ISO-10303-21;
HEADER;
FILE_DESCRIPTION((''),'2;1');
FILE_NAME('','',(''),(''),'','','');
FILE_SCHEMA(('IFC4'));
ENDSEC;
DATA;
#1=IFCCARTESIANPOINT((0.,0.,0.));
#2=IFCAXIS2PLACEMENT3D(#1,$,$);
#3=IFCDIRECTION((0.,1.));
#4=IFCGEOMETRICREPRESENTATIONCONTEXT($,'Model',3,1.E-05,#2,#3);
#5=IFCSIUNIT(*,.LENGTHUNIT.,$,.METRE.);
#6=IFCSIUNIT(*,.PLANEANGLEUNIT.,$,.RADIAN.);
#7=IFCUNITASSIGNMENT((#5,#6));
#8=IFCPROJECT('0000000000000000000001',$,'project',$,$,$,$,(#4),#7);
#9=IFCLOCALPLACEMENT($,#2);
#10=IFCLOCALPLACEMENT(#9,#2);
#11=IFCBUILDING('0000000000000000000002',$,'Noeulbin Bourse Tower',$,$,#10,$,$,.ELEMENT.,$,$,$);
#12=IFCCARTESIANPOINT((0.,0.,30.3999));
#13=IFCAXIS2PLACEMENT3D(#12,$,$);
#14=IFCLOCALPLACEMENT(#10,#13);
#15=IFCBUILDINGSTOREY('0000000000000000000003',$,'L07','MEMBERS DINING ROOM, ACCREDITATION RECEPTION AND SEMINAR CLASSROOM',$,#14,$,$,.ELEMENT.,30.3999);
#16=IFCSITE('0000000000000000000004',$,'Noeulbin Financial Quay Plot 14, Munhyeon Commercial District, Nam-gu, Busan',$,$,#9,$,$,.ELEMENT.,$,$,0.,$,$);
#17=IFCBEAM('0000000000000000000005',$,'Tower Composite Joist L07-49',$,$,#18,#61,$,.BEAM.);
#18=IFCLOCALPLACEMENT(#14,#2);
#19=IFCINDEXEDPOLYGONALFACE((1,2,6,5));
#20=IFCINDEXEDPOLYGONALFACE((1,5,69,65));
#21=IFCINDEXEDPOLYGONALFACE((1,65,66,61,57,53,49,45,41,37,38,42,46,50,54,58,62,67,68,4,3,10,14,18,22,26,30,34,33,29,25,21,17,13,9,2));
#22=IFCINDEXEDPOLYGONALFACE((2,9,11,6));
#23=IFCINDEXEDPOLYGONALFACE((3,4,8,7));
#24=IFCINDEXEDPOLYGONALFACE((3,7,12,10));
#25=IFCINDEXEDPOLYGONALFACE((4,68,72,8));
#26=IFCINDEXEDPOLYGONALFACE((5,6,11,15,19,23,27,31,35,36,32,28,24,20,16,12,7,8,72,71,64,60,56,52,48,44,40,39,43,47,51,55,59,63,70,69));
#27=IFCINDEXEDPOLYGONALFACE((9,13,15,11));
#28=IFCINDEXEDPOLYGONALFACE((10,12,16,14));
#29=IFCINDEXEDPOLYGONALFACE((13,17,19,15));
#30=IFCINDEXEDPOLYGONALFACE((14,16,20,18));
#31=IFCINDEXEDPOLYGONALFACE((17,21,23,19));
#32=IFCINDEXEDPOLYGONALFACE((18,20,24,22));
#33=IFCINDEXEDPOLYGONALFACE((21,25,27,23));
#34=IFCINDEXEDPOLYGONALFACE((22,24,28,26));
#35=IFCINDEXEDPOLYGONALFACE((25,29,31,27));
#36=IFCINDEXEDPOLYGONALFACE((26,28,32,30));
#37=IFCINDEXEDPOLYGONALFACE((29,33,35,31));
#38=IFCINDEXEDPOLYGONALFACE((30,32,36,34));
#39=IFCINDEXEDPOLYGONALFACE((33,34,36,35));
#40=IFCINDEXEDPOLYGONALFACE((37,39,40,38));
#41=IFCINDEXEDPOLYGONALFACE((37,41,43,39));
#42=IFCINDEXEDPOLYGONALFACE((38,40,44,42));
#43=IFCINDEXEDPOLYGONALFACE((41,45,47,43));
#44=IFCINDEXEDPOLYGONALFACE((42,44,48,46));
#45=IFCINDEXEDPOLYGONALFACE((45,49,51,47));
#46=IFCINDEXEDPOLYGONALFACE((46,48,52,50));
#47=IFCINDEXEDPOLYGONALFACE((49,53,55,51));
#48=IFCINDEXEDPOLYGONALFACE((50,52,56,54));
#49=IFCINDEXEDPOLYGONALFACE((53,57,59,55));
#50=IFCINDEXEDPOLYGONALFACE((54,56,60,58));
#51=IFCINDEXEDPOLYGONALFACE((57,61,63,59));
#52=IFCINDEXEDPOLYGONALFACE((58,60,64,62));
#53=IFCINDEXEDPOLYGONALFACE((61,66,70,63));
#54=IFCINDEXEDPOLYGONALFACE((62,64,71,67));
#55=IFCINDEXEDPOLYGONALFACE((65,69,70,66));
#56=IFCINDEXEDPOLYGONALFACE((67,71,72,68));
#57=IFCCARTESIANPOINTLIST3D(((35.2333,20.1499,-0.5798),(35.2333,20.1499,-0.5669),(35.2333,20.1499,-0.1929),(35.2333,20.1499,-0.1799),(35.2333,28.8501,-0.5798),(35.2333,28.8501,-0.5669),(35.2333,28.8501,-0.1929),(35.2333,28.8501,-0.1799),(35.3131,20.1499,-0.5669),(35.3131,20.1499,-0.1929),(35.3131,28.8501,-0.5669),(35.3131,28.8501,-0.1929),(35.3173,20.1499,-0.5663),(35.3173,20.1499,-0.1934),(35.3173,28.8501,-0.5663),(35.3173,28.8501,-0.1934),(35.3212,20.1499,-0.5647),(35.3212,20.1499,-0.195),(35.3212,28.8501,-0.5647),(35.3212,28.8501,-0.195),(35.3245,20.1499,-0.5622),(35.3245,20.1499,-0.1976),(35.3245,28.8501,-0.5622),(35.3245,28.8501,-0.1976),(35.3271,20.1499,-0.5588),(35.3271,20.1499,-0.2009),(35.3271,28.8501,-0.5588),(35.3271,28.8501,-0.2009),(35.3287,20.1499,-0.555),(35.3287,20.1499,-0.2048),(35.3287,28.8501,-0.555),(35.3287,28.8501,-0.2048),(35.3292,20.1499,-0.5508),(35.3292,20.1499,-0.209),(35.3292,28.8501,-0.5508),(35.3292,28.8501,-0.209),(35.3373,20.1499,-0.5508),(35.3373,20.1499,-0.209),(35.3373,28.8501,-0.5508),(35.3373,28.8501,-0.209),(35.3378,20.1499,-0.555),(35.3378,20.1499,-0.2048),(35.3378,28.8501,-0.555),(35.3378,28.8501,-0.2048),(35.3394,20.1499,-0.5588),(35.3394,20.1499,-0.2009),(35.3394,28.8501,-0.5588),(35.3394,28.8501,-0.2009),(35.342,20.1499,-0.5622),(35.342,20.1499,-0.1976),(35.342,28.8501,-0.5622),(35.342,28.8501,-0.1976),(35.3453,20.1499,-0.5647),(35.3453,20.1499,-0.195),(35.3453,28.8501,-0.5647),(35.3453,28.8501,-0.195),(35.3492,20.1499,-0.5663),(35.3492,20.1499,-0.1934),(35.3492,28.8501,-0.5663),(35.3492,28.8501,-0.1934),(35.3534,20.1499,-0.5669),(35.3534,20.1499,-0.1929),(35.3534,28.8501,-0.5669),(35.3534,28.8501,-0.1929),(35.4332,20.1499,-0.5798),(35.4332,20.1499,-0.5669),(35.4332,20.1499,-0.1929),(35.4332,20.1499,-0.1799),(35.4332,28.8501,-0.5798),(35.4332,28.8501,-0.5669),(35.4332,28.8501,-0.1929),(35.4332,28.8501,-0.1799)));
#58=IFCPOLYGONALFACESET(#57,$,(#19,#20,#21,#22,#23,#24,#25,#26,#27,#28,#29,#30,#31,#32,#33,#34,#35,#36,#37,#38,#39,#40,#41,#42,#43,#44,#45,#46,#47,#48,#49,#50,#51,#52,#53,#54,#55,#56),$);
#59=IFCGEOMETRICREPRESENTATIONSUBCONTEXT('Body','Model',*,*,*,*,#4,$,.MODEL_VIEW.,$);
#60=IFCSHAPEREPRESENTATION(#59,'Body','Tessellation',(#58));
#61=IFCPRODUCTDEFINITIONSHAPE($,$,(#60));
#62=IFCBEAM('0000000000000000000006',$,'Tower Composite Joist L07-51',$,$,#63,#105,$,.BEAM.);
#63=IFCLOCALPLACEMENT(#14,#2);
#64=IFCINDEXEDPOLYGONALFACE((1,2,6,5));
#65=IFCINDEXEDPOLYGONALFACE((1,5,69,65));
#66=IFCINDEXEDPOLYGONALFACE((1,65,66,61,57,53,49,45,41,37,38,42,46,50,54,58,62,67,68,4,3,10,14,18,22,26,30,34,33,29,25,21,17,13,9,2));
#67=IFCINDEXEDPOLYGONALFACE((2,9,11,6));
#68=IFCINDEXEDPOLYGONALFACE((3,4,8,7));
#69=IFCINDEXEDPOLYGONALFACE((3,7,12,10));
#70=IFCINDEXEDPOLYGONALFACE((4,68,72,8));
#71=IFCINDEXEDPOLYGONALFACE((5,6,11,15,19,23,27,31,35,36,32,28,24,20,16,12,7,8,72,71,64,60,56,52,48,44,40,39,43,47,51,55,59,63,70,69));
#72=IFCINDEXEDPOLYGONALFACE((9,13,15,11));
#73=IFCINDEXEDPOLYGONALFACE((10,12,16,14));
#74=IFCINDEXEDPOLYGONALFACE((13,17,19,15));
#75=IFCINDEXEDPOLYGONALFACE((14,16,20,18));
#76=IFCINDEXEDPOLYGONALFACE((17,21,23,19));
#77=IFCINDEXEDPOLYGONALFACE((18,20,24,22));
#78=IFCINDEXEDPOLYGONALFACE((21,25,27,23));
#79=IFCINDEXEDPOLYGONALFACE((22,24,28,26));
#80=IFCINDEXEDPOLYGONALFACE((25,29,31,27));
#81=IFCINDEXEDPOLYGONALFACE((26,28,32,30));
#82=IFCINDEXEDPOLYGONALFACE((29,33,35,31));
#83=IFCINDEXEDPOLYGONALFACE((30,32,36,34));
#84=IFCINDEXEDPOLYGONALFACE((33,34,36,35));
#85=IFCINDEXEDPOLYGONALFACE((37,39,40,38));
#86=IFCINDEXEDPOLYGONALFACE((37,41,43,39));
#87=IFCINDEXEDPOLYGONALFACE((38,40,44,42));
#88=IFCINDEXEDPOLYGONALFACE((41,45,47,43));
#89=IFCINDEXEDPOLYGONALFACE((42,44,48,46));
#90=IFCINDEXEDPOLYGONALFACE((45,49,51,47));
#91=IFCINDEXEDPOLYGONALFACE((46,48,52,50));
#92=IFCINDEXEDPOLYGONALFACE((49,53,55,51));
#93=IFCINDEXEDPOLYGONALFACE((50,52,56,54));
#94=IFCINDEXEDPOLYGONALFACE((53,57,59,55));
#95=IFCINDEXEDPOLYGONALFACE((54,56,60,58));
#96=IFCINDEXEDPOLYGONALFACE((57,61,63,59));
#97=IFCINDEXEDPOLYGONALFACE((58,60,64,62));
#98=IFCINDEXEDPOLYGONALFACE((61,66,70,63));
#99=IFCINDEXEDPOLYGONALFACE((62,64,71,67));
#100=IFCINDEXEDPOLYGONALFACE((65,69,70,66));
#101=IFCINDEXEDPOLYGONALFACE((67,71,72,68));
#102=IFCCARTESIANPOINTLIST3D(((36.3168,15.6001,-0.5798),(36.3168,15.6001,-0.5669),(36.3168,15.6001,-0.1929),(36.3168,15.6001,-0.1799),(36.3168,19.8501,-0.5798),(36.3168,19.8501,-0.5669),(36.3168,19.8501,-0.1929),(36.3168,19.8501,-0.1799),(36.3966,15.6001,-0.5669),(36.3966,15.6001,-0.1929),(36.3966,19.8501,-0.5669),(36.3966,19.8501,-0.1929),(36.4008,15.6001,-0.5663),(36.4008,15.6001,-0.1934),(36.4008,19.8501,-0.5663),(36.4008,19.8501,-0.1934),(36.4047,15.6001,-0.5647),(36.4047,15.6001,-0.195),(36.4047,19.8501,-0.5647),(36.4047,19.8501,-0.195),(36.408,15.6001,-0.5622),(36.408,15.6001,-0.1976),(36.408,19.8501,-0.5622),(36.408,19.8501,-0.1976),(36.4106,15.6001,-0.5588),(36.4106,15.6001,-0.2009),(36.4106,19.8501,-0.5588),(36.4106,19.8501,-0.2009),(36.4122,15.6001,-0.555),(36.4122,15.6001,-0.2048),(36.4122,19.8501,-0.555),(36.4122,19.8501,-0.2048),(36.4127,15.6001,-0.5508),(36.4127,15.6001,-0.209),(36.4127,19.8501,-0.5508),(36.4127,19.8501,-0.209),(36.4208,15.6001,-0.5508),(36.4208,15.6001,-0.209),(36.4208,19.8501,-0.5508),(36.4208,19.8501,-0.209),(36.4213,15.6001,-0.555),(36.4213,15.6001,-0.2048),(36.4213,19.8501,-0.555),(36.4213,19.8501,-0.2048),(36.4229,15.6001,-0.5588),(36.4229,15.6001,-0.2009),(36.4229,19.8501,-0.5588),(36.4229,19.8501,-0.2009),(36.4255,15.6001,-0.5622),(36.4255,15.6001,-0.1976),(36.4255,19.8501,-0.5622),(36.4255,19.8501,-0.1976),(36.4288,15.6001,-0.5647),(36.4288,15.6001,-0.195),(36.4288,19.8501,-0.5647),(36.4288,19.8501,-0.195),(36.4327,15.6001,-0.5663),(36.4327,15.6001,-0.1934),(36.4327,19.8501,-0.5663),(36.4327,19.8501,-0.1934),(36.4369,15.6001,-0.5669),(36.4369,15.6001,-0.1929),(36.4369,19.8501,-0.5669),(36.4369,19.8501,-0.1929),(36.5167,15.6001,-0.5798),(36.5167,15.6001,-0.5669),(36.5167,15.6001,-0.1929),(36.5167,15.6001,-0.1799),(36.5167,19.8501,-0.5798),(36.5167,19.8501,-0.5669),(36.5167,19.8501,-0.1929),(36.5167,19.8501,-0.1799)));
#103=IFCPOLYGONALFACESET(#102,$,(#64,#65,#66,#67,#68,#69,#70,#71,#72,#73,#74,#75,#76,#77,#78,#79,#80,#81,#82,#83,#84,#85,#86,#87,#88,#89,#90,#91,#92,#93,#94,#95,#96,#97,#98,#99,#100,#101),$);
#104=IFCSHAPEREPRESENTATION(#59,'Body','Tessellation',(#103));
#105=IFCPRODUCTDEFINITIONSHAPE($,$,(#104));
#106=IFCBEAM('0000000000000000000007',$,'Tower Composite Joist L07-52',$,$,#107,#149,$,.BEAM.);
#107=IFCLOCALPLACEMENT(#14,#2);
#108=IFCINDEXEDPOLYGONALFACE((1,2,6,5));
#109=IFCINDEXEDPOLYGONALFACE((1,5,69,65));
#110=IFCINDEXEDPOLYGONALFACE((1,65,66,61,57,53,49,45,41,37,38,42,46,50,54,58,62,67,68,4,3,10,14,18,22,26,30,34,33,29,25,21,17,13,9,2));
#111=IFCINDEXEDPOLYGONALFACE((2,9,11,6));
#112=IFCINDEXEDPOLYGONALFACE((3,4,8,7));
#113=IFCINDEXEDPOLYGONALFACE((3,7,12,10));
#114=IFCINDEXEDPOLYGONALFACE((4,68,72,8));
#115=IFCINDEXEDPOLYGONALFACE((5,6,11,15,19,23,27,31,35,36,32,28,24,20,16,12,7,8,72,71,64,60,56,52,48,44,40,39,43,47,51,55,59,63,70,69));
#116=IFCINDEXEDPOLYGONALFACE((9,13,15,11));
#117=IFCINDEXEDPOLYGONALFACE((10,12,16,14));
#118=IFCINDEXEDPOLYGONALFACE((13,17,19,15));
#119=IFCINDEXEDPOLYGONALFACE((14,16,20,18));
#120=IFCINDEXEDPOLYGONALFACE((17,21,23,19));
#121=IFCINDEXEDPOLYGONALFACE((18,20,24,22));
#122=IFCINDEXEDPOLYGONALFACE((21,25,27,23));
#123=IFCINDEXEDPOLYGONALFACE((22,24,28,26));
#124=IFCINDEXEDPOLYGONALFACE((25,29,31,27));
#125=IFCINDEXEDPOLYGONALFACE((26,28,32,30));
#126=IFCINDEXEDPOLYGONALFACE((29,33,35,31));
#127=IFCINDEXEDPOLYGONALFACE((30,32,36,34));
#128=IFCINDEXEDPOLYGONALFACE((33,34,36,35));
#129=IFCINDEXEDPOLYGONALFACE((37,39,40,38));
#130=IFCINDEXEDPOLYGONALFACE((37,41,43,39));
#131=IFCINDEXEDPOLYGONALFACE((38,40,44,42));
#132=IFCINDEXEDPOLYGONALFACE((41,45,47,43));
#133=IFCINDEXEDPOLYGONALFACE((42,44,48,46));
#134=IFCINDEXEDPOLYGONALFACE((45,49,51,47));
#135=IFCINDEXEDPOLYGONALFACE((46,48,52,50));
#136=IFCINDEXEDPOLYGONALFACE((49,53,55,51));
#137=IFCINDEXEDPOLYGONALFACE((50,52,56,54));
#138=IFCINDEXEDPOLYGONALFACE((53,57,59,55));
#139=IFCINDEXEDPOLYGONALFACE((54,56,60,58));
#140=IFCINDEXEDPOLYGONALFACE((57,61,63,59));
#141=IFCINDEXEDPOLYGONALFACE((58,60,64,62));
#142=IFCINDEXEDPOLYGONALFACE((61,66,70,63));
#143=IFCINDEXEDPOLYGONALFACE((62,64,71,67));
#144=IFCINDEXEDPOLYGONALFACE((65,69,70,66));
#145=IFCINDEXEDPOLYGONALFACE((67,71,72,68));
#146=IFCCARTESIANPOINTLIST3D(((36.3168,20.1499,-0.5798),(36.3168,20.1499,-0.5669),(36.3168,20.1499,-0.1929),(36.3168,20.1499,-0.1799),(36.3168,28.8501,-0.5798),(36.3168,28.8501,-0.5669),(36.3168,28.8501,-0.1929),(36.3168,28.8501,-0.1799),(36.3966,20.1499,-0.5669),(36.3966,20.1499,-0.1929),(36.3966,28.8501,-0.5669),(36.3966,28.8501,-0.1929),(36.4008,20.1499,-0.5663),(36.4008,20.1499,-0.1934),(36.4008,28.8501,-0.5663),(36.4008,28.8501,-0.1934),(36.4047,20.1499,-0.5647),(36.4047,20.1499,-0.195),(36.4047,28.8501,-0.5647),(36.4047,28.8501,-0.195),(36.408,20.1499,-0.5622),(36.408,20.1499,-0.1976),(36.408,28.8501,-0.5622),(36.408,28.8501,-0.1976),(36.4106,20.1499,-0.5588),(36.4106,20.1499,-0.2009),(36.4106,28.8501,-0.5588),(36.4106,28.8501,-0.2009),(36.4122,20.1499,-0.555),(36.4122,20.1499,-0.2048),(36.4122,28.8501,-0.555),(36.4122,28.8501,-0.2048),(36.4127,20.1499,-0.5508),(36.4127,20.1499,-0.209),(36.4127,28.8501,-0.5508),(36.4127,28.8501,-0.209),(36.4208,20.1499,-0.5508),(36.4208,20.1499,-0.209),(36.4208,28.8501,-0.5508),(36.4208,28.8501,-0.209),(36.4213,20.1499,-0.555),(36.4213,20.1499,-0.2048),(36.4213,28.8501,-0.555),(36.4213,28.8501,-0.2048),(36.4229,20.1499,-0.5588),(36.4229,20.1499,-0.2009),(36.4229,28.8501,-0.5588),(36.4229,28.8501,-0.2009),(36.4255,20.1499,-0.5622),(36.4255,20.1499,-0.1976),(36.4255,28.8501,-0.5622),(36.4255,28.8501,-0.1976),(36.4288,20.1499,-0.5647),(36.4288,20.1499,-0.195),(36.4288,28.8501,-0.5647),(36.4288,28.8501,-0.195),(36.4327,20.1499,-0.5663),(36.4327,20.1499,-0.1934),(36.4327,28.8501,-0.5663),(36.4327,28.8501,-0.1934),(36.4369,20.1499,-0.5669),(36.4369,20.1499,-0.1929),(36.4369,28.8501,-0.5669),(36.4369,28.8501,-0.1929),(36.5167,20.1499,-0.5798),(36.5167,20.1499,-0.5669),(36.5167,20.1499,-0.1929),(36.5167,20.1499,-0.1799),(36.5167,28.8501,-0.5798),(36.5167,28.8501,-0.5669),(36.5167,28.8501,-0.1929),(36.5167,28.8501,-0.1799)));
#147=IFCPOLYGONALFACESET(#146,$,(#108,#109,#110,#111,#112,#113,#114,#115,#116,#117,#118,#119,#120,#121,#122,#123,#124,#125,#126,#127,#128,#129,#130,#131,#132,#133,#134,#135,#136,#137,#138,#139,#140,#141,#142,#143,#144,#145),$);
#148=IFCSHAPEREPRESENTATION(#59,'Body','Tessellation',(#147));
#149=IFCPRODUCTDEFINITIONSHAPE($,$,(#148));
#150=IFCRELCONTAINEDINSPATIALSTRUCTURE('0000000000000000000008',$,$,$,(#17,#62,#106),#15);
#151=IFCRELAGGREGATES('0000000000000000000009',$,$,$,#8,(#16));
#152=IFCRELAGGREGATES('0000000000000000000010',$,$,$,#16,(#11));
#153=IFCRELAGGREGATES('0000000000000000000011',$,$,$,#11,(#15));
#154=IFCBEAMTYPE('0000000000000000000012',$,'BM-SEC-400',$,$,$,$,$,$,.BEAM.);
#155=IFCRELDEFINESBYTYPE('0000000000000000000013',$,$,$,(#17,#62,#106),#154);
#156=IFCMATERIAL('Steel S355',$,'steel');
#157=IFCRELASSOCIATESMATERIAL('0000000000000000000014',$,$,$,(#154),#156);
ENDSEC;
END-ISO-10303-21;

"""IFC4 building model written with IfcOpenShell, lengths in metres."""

from ifc_helpers import new_model, si_unit, direction, frame, origin, origin_2d, place, context, subcontext, project, spatial, i_section, extrude, material, material_profile, profile_set, type_object, element, save


model = new_model("IFC4")

# Units and contexts
model_context = context("Model", 3, precision=1e-05, world=origin(), true_north=direction((0.0, 1.0)))
body_context = subcontext(model_context, "Body", "Model", "MODEL_VIEW")
ifc_project = project(units=[si_unit("LENGTHUNIT", "METRE"), si_unit("PLANEANGLEUNIT", "RADIAN")], contexts=[model_context])

# Site, building, storey
site_placement = place(None, origin())
site = spatial("IfcSite", under=ifc_project, at=site_placement, Name="Noeulbin Financial Quay Plot 14, Munhyeon Commercial District, Nam-gu, Busan", CompositionType="ELEMENT", RefElevation=0.0)
building_placement = place(site_placement, origin())
building = spatial("IfcBuilding", under=site, at=building_placement, Name="Noeulbin Bourse Tower", CompositionType="ELEMENT")
storey_placement = place(building_placement, frame((0.0, 0.0, 30.3999)))
storey = spatial("IfcBuildingStorey", under=building, at=storey_placement, Name="L07", Description="MEMBERS DINING ROOM, ACCREDITATION RECEPTION AND SEMINAR CLASSROOM", CompositionType="ELEMENT", Elevation=30.3999)

# Beams
ifc_material_1 = material(Name="Steel S355", Category="steel")
ifc_material_profile_1 = material_profile(ifc_material_1, i_section(OverallWidth=0.2, OverallDepth=0.3999, WebThickness=0.0081, FlangeThickness=0.0129, FilletRadius=0.0161, at=origin_2d()), Name="H-400x200x8x13", Category="LoadBearing")
ifc_profile_set_1 = profile_set([ifc_material_profile_1], Name="Steel S355")
beam_type_1 = type_object("IfcBeamType", Name="BM-SEC-400", PredefinedType="BEAM", material=ifc_profile_set_1)
beam_1_placement = place(storey_placement, frame((35.3333, 20.1499, -0.3799), z_axis=(0.0, 1.0, 0.0), x_axis=(-1.0, 0.0, 0.0)))
element("IfcBeam", 1, at=beam_1_placement, inside=storey, type_object=beam_type_1, Name="Tower Composite Joist L07-49", PredefinedType="BEAM", context=body_context, shape_type="SweptSolid", body=[
    extrude(i_section(OverallWidth=0.2, OverallDepth=0.3999, WebThickness=0.0081, FlangeThickness=0.0129, FilletRadius=0.0161, at=origin_2d()), origin(), (0.0, 0.0, 1.0), 8.7002),
])
beam_2_placement = place(storey_placement, frame((36.4167, 15.6001, -0.3799), z_axis=(0.0, 1.0, 0.0), x_axis=(-1.0, 0.0, 0.0)))
element("IfcBeam", 2, at=beam_2_placement, inside=storey, type_object=beam_type_1, Name="Tower Composite Joist L07-51", PredefinedType="BEAM", context=body_context, shape_type="SweptSolid", body=[
    extrude(i_section(OverallWidth=0.2, OverallDepth=0.3999, WebThickness=0.0081, FlangeThickness=0.0129, FilletRadius=0.0161, at=origin_2d()), origin(), (0.0, 0.0, 1.0), 4.25),
])
beam_3_placement = place(storey_placement, frame((36.4167, 20.1499, -0.3799), z_axis=(0.0, 1.0, 0.0), x_axis=(-1.0, 0.0, 0.0)))
element("IfcBeam", 3, at=beam_3_placement, inside=storey, type_object=beam_type_1, Name="Tower Composite Joist L07-52", PredefinedType="BEAM", context=body_context, shape_type="SweptSolid", body=[
    extrude(i_section(OverallWidth=0.2, OverallDepth=0.3999, WebThickness=0.0081, FlangeThickness=0.0129, FilletRadius=0.0161, at=origin_2d()), origin(), (0.0, 0.0, 1.0), 8.7002),
])

save(model, "model.ifc")
